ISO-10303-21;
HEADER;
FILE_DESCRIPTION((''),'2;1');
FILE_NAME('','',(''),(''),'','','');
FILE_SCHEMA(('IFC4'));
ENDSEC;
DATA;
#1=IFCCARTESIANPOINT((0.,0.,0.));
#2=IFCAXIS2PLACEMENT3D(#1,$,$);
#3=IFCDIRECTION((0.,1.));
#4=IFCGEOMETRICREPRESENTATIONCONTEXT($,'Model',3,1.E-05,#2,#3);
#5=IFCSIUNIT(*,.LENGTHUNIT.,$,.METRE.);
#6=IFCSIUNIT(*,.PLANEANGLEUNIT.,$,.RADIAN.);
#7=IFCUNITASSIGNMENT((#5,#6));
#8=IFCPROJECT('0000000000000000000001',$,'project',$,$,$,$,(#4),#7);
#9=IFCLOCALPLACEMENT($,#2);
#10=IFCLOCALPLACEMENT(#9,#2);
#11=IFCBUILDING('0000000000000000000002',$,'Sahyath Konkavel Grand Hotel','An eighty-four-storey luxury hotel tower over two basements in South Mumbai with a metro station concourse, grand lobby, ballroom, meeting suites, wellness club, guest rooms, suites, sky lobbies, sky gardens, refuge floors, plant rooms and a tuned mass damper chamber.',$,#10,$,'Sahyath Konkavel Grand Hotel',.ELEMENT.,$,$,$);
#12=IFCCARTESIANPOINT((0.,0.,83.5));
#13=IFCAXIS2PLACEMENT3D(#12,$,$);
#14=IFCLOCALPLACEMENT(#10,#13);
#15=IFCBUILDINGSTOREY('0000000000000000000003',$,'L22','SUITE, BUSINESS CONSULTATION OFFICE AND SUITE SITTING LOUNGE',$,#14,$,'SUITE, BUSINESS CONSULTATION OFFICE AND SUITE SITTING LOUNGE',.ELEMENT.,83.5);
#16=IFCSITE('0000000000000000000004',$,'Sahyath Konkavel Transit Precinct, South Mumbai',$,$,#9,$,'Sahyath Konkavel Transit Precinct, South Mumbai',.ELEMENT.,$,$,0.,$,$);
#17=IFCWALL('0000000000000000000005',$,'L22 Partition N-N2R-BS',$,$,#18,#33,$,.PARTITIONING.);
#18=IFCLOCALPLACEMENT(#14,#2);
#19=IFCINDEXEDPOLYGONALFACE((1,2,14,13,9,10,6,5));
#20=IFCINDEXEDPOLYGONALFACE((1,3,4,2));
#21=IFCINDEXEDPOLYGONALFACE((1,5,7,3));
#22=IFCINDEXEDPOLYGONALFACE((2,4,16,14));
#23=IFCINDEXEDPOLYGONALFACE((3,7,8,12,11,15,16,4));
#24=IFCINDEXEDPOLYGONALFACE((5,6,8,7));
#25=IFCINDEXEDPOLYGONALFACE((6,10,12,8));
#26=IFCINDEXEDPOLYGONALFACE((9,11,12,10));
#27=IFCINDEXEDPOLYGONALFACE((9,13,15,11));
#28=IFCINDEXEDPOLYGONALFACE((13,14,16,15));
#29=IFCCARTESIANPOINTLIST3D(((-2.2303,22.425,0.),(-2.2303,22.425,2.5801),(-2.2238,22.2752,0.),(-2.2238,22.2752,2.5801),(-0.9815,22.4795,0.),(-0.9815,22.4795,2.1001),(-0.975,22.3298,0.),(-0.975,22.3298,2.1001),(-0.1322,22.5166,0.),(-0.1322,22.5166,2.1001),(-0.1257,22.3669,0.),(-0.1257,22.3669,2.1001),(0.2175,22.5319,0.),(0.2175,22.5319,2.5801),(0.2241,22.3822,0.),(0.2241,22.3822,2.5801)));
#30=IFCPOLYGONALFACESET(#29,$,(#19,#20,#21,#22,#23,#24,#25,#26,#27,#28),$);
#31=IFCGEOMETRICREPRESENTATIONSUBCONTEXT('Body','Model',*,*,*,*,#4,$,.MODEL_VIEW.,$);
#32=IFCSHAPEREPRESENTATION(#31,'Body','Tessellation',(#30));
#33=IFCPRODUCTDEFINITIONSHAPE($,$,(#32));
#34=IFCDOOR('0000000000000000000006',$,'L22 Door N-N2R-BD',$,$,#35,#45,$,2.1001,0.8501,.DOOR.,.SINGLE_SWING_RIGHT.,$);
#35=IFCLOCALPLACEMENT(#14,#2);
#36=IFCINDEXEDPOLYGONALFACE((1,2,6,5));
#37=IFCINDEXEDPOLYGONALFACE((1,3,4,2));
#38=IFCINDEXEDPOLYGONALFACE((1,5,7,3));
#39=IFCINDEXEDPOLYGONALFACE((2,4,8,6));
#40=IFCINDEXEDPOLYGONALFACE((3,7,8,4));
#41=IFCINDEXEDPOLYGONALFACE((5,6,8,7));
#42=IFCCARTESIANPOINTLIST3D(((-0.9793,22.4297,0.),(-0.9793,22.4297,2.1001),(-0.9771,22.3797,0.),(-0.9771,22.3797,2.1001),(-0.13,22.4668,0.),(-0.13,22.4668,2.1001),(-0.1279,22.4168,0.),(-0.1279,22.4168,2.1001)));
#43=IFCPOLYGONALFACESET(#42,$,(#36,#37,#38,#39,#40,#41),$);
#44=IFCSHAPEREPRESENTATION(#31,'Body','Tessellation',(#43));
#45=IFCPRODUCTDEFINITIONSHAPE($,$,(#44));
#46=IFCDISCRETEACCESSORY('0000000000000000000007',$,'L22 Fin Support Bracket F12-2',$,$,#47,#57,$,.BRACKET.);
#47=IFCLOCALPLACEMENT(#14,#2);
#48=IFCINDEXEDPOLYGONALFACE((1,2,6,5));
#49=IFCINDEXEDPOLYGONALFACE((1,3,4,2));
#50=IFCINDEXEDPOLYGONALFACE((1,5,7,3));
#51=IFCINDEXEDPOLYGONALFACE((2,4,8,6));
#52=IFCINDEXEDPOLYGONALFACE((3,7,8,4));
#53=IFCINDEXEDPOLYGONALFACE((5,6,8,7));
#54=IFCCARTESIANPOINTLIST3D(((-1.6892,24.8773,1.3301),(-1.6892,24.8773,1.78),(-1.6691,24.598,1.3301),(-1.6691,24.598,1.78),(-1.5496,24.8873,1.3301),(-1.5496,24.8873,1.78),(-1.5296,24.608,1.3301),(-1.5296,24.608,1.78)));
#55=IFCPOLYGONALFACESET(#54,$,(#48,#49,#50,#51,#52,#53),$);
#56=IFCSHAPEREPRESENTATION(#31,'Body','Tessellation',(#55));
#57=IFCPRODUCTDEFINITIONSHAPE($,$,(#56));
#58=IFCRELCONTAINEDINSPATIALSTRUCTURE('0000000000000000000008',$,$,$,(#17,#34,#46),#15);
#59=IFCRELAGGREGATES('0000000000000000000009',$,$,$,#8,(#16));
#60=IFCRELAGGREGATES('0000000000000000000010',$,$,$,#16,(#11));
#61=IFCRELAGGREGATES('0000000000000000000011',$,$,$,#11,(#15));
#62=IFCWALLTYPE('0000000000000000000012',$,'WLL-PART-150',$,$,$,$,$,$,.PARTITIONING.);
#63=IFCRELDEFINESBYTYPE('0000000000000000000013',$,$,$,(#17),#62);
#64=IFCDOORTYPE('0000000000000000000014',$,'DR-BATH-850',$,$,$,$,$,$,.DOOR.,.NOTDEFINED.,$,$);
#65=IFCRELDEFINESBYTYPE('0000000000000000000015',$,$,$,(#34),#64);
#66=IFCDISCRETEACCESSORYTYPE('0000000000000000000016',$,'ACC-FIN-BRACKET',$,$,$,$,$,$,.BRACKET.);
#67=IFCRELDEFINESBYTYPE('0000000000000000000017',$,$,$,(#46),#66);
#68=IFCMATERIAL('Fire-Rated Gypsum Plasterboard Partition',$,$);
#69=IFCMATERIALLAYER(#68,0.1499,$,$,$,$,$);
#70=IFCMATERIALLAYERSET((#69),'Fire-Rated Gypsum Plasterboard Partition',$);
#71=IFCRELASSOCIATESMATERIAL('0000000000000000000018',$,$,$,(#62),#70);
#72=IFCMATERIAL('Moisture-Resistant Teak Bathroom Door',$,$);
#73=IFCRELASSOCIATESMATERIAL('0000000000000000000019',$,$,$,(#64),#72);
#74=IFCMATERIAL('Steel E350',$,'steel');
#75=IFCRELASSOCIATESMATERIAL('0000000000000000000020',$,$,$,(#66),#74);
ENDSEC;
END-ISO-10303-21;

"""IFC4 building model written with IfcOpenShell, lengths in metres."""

from ifc_helpers import new_model, si_unit, direction, frame, frame_2d, origin, origin_2d, place, context, subcontext, project, spatial, rectangle, extrude, source, transform, mapped, material, layer, layer_set, type_object, element, fill, save


model = new_model("IFC4")

# Units and contexts
model_context = context("Model", 3, precision=1e-05, world=origin(), true_north=direction((0.0, 1.0)))
body_context = subcontext(model_context, "Body", "Model", "MODEL_VIEW")
ifc_project = project(units=[si_unit("LENGTHUNIT", "METRE"), si_unit("PLANEANGLEUNIT", "RADIAN")], contexts=[model_context])

# Site, building, storey
site_placement = place(None, origin())
site = spatial("IfcSite", under=ifc_project, at=site_placement, Name="Sahyath Konkavel Transit Precinct, South Mumbai", LongName="Sahyath Konkavel Transit Precinct, South Mumbai", CompositionType="ELEMENT", RefElevation=0.0)
building_placement = place(site_placement, origin())
building = spatial("IfcBuilding", under=site, at=building_placement, Name="Sahyath Konkavel Grand Hotel", Description="An eighty-four-storey luxury hotel tower over two basements in South Mumbai with a metro station concourse, grand lobby, ballroom, meeting suites, wellness club, guest rooms, suites, sky lobbies, sky gardens, refuge floors, plant rooms and a tuned mass damper chamber.", LongName="Sahyath Konkavel Grand Hotel", CompositionType="ELEMENT")
storey_placement = place(building_placement, frame((0.0, 0.0, 83.5)))
storey = spatial("IfcBuildingStorey", under=building, at=storey_placement, Name="L22", Description="SUITE, BUSINESS CONSULTATION OFFICE AND SUITE SITTING LOUNGE", LongName="SUITE, BUSINESS CONSULTATION OFFICE AND SUITE SITTING LOUNGE", CompositionType="ELEMENT", Elevation=83.5)

# Shared definitions
ifc_material_1 = material(Name="Steel E350", Category="steel")

# Wall, opening, door
ifc_material_2 = material(Name="Fire-Rated Gypsum Plasterboard Partition")
ifc_layer_1 = layer(ifc_material_2, 0.1499)
ifc_layer_set_1 = layer_set([ifc_layer_1], Name="Fire-Rated Gypsum Plasterboard Partition")
wall_type_1 = type_object("IfcWallType", Name="WLL-PART-150", PredefinedType="PARTITIONING", material=ifc_layer_set_1)
wall_1_placement = place(storey_placement, frame((-2.2271, 22.3501, 0.0), z_axis=(0.0, 0.0, 1.0), x_axis=(0.999047, 0.043645, 0.0)))
wall_1 = element("IfcWall", 1, at=wall_1_placement, inside=storey, type_object=wall_type_1, Name="L22 Partition N-N2R-BS", PredefinedType="PARTITIONING", context=body_context, shape_type="SweptSolid", body=[
    extrude(rectangle(XDim=2.4502, YDim=0.1499, at=frame_2d((1.2251, 0.0))), origin(), (0.0, 0.0, 1.0), 2.5801),
])
opening_placement = place(wall_1_placement, frame((1.25, 0.0, 0.0)))
opening = element("IfcOpeningElement", 2, at=opening_placement, cuts=wall_1, PredefinedType="OPENING", context=body_context, shape_type="SweptSolid", body=[
    extrude(rectangle(XDim=0.8501, YDim=2.1001, at=frame_2d((0.425, 1.05))), frame((0.0, 0.085, 0.0), z_axis=(0.0, -1.0, 0.0), x_axis=(1.0, 0.0, 0.0)), (0.0, 0.0, 1.0), 0.1699),
])
ifc_material_3 = material(Name="Moisture-Resistant Teak Bathroom Door")
door_type = type_object("IfcDoorType", Name="DR-BATH-850", OperationType="NOTDEFINED", PredefinedType="DOOR", material=ifc_material_3)
shared_shape_1 = source(origin(), body_context, "Body", "SweptSolid", [
    extrude(rectangle(XDim=0.8501, YDim=0.05, at=origin_2d()), origin(), (0.0, 0.0, 1.0), 2.1001),
])
door_placement = place(opening_placement, frame((0.425, 0.0, 0.0)))
door = element("IfcDoor", 3, at=door_placement, inside=storey, type_object=door_type, Name="L22 Door N-N2R-BD", OperationType="SINGLE_SWING_RIGHT", OverallHeight=2.1001, OverallWidth=0.8501, PredefinedType="DOOR", context=body_context, shape_type="MappedRepresentation", body=[
    mapped(shared_shape_1, transform((0.0, 0.0, 0.0), scale=1.0)),
])
fill(opening, door)

# Discrete accessory
discrete_accessory_type = type_object("IfcDiscreteAccessoryType", Name="ACC-FIN-BRACKET", PredefinedType="BRACKET", material=ifc_material_1)
shared_shape_2 = source(origin(), body_context, "Body", "SweptSolid", [
    extrude(rectangle(XDim=0.28, YDim=0.1399, at=origin_2d()), origin(), (0.0, 0.0, 1.0), 0.45),
])
discrete_accessory_placement = place(storey_placement, frame((-1.6094, 24.7427, 1.3301), z_axis=(0.0, 0.0, 1.0), x_axis=(-0.071567, 0.997436, 0.0)))
element("IfcDiscreteAccessory", 4, at=discrete_accessory_placement, inside=storey, type_object=discrete_accessory_type, Name="L22 Fin Support Bracket F12-2", PredefinedType="BRACKET", context=body_context, shape_type="MappedRepresentation", body=[
    mapped(shared_shape_2, transform((0.0, 0.0, 0.0), scale=1.0)),
])

save(model, "model.ifc")
